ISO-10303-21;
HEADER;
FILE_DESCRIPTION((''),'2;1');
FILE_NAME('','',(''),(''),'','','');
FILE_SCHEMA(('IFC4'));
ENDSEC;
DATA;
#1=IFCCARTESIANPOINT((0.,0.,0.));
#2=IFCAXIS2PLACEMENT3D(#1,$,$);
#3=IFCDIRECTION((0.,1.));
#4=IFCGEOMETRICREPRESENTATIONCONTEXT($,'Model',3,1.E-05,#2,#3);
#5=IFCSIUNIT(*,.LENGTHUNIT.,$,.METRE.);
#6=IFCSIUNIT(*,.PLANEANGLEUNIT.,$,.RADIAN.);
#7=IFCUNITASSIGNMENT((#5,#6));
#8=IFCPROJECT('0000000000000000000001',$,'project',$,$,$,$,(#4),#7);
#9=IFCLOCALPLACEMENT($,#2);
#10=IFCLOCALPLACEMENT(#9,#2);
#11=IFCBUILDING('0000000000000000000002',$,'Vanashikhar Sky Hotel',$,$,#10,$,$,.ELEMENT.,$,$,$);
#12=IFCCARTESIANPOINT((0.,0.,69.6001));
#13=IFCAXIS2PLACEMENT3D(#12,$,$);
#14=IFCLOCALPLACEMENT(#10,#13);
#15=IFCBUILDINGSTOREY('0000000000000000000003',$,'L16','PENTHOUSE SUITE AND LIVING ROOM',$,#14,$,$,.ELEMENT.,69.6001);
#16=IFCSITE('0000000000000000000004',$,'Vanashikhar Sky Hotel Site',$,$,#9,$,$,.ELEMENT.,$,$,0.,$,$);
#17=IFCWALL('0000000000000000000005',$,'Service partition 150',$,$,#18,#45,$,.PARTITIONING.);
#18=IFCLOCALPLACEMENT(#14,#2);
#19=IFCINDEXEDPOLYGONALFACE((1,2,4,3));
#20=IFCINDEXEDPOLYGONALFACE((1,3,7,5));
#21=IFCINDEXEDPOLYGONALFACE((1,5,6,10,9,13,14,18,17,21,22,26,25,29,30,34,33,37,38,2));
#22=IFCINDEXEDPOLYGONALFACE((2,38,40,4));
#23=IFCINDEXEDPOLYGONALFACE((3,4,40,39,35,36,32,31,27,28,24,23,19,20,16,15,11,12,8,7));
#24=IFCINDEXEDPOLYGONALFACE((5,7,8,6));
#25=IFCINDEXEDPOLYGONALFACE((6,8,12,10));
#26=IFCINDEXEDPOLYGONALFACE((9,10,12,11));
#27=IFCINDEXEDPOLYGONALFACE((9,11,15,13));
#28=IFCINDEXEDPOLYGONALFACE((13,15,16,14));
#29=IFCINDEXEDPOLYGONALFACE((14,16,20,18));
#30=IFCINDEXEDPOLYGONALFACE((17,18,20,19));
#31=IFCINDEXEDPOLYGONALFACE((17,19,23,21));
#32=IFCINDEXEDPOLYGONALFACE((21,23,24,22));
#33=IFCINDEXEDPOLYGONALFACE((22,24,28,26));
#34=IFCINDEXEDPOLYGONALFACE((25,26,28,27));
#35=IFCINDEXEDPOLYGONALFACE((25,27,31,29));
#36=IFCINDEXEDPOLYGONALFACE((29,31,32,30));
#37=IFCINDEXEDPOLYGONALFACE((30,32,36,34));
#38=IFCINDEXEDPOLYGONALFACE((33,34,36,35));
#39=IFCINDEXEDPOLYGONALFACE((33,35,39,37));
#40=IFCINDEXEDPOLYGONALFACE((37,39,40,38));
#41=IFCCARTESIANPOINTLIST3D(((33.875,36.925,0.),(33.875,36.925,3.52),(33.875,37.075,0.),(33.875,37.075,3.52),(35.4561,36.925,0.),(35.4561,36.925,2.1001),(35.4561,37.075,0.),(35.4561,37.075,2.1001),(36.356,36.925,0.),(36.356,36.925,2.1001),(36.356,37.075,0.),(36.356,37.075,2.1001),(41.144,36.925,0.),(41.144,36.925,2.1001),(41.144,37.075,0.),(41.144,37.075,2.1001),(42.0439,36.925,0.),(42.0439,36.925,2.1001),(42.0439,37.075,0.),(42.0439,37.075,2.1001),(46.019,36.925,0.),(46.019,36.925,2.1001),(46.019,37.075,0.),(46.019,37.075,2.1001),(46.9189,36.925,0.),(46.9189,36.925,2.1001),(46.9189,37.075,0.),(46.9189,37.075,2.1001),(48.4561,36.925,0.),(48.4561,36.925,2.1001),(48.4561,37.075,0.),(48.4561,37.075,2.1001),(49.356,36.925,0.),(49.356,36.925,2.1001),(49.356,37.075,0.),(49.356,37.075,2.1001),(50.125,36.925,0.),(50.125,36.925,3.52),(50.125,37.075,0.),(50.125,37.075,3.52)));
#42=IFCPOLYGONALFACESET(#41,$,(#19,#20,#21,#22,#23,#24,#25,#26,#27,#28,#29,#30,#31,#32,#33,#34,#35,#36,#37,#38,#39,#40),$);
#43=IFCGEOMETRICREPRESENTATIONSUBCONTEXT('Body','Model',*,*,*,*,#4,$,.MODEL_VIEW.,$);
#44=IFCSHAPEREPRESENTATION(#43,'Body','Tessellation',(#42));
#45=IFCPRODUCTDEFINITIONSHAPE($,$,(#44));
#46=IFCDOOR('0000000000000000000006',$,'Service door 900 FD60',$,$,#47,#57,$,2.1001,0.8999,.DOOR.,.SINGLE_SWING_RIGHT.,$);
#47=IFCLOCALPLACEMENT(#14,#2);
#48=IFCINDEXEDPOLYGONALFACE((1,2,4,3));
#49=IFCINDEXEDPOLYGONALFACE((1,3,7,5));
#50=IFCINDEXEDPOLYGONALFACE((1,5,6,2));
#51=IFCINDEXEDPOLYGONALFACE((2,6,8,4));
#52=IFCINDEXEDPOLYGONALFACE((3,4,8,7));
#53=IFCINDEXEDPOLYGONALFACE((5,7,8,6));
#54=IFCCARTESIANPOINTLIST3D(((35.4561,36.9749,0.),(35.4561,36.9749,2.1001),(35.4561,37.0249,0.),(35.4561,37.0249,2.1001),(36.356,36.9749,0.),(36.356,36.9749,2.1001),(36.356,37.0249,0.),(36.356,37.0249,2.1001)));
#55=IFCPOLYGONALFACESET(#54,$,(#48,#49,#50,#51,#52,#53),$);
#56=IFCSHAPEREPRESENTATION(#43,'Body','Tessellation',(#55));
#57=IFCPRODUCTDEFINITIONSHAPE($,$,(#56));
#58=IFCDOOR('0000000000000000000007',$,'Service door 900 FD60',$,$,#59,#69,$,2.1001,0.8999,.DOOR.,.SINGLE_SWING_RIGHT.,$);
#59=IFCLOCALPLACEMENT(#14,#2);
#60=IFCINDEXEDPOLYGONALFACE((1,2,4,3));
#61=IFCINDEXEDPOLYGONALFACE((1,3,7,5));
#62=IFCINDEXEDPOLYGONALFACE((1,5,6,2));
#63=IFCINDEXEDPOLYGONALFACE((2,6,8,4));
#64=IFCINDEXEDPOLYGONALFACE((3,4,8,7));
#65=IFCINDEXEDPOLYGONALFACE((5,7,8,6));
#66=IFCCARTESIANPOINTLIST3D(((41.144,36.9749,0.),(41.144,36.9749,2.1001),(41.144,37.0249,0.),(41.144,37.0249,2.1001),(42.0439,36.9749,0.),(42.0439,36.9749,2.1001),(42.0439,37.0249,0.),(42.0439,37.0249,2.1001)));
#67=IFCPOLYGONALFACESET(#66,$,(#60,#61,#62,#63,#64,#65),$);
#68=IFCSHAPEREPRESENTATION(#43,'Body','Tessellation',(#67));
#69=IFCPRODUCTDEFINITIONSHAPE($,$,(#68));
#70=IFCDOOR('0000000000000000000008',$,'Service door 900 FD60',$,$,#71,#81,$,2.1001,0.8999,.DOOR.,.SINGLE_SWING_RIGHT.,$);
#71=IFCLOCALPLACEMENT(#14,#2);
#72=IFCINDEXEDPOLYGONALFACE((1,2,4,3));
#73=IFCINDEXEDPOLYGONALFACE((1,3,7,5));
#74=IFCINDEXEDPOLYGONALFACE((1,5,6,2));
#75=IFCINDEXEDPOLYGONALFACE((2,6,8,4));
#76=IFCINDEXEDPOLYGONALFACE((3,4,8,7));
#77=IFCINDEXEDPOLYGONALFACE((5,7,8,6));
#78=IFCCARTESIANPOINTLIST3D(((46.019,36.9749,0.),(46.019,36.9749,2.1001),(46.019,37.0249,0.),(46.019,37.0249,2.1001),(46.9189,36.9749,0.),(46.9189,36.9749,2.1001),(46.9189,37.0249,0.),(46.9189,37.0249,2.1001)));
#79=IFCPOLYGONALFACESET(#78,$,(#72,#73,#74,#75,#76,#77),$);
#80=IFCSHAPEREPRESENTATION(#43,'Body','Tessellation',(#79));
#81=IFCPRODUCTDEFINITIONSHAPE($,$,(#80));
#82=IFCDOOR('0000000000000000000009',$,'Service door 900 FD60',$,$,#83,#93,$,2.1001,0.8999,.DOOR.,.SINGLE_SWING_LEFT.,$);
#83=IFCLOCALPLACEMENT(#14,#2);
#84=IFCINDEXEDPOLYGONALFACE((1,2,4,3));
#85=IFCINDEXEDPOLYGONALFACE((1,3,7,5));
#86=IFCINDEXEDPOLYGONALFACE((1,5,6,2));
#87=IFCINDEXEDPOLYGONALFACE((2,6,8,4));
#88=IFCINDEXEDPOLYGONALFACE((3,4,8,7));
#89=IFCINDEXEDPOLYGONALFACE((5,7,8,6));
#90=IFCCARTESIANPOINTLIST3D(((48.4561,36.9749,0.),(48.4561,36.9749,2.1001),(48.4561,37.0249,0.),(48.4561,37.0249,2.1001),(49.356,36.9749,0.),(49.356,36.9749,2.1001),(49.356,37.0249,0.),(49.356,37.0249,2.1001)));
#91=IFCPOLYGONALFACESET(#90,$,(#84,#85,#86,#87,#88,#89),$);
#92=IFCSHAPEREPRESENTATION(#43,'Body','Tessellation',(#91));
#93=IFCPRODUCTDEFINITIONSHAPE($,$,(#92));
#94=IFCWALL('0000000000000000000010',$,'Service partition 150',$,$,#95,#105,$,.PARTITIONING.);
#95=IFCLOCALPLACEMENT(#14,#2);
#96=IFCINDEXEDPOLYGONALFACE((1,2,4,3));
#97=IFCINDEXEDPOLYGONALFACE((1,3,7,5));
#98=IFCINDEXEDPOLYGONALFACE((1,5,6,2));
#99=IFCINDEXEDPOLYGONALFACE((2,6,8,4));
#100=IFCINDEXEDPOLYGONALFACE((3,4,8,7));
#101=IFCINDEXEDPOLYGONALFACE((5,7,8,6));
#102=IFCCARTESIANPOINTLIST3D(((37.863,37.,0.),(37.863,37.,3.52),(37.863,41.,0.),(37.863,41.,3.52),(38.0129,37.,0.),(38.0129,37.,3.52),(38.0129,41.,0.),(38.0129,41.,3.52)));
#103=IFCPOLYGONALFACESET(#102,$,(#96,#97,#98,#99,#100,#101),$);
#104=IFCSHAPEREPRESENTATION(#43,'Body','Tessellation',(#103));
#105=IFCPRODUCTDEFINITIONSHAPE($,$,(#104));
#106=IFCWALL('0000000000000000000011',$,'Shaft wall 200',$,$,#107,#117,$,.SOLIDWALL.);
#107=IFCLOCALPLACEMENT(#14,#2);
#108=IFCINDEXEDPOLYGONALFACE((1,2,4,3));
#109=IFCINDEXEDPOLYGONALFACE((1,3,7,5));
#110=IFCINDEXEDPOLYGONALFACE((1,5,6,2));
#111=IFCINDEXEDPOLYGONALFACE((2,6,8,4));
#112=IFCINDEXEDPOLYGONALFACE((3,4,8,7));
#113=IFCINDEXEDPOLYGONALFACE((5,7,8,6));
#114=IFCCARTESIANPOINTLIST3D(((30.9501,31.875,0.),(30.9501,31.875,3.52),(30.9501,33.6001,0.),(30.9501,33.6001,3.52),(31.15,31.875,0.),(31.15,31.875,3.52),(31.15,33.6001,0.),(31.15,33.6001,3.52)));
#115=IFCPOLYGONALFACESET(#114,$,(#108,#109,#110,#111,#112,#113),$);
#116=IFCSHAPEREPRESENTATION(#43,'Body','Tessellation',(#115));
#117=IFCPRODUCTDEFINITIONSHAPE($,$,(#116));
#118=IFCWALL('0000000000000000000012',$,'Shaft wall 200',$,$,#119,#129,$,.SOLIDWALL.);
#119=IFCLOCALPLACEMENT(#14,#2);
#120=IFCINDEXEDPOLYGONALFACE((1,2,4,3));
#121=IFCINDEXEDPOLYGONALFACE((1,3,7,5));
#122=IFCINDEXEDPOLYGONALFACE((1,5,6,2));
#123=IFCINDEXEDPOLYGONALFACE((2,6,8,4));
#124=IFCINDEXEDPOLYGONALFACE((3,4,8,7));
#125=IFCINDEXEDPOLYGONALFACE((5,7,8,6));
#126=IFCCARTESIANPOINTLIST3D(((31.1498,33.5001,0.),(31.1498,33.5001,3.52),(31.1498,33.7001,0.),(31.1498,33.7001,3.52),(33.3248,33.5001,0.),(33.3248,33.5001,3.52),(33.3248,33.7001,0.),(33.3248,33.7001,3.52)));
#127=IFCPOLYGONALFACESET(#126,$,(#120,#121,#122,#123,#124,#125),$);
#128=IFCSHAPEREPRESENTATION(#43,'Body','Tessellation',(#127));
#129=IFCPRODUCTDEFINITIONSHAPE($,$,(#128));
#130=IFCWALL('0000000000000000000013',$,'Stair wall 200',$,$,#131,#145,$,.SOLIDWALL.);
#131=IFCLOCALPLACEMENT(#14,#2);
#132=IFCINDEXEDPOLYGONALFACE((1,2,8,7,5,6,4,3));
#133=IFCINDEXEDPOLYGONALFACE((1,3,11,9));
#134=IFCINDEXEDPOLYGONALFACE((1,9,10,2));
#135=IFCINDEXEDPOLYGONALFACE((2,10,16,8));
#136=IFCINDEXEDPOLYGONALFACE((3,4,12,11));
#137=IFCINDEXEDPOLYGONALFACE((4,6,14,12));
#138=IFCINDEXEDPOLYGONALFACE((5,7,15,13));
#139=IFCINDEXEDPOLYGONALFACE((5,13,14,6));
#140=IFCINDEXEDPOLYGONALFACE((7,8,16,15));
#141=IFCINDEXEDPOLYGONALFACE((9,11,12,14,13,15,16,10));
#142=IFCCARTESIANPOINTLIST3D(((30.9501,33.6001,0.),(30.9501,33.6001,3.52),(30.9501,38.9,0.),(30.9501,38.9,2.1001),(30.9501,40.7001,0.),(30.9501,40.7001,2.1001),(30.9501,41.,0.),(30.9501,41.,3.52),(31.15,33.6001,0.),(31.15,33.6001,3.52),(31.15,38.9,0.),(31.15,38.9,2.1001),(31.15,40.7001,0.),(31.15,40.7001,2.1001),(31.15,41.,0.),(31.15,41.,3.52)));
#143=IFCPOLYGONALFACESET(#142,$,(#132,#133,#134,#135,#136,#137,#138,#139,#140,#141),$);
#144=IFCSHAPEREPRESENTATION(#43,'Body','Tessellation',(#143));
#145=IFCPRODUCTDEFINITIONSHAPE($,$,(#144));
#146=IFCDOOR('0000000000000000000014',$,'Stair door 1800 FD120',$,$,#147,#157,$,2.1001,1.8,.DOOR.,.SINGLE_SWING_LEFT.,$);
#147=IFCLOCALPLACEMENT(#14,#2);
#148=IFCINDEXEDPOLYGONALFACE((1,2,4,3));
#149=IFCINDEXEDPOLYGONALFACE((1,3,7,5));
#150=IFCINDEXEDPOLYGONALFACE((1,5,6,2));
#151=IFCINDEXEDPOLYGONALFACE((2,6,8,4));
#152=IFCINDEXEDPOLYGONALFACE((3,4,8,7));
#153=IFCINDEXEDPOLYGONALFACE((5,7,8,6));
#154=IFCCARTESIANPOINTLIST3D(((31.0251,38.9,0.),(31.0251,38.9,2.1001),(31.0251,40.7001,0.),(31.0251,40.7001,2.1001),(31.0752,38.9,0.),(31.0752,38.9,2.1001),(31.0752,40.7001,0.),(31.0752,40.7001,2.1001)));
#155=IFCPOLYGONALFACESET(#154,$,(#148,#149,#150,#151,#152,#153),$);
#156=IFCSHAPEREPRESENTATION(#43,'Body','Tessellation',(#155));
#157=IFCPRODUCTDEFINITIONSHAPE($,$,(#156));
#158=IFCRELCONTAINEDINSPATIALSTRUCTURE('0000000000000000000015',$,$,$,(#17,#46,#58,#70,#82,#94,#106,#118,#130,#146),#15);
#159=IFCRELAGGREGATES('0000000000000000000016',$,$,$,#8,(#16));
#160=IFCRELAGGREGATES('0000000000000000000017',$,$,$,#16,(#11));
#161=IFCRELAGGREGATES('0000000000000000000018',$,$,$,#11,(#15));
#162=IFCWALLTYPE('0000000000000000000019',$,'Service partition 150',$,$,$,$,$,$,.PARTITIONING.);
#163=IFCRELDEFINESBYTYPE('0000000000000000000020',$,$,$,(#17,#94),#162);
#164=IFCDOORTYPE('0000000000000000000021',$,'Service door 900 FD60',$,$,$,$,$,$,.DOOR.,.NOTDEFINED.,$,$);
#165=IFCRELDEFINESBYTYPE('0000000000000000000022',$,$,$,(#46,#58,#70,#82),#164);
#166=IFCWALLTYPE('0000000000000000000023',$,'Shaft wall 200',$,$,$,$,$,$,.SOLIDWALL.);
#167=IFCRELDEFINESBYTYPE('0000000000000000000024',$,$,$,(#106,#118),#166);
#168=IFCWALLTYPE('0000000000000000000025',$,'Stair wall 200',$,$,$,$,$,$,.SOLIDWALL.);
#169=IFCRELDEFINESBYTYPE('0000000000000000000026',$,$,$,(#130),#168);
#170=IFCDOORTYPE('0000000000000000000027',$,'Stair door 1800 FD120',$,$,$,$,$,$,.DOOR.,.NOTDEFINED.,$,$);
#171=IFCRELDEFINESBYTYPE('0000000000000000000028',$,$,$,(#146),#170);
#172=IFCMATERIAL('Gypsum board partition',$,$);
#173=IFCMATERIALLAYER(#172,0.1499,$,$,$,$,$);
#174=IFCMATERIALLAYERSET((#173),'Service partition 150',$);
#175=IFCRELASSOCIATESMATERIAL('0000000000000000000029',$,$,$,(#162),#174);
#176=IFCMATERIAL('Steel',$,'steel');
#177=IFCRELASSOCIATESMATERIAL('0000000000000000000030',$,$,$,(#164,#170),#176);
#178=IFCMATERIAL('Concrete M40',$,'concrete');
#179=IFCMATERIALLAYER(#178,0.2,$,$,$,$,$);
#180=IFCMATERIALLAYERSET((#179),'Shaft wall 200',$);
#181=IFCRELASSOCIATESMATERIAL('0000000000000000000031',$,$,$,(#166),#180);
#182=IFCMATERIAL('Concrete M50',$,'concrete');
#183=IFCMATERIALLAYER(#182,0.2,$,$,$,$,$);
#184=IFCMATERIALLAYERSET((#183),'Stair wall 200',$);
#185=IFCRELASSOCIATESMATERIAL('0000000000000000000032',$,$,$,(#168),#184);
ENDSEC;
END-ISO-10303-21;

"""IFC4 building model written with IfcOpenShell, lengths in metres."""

from ifc_helpers import new_model, si_unit, direction, frame, frame_2d, origin, place, context, subcontext, project, spatial, rectangle, extrude, source, transform, mapped, material, layer, layer_set, type_object, element, fill, save


model = new_model("IFC4")

# Units and contexts
model_context = context("Model", 3, precision=1e-05, world=origin(), true_north=direction((0.0, 1.0)))
body_context = subcontext(model_context, "Body", "Model", "MODEL_VIEW")
ifc_project = project(units=[si_unit("LENGTHUNIT", "METRE"), si_unit("PLANEANGLEUNIT", "RADIAN")], contexts=[model_context])

# Site, building, storey
site_placement = place(None, origin())
site = spatial("IfcSite", under=ifc_project, at=site_placement, Name="Vanashikhar Sky Hotel Site", CompositionType="ELEMENT", RefElevation=0.0)
building_placement = place(site_placement, origin())
building = spatial("IfcBuilding", under=site, at=building_placement, Name="Vanashikhar Sky Hotel", CompositionType="ELEMENT")
storey_placement = place(building_placement, frame((0.0, 0.0, 69.6001)))
storey = spatial("IfcBuildingStorey", under=building, at=storey_placement, Name="L16", Description="PENTHOUSE SUITE AND LIVING ROOM", CompositionType="ELEMENT", Elevation=69.6001)

# Shared definitions
ifc_material_1 = material(Name="Steel", Category="steel")

# Shared definitions
ifc_material_2 = material(Name="Gypsum board partition")
ifc_layer_1 = layer(ifc_material_2, 0.1499)
ifc_layer_set_1 = layer_set([ifc_layer_1], Name="Service partition 150")
wall_type_1 = type_object("IfcWallType", Name="Service partition 150", PredefinedType="PARTITIONING", material=ifc_layer_set_1)

# Wall, openings, doors
shared_shape_1 = source(origin(), body_context, "Body", "SweptSolid", [
    extrude(rectangle(XDim=0.8999, YDim=2.1001, at=frame_2d((0.45, 1.05))), frame((0.0, 0.085, 0.0), z_axis=(0.0, -1.0, 0.0), x_axis=(1.0, 0.0, 0.0)), (0.0, 0.0, 1.0), 0.1699),
])
door_type_1 = type_object("IfcDoorType", Name="Service door 900 FD60", OperationType="NOTDEFINED", PredefinedType="DOOR", material=ifc_material_1)
shared_shape_2 = source(origin(), body_context, "Body", "SweptSolid", [
    extrude(rectangle(XDim=0.8999, YDim=2.1001, at=frame_2d((0.45, 1.05))), frame((0.0, 0.0249, 0.0), z_axis=(0.0, -1.0, 0.0), x_axis=(1.0, 0.0, 0.0)), (0.0, 0.0, 1.0), 0.05),
])
shared_shape_3 = source(origin(), body_context, "Body", "SweptSolid", [
    extrude(rectangle(XDim=16.25, YDim=0.1499, at=frame_2d((8.125, 0.0))), origin(), (0.0, 0.0, 1.0), 3.52),
])
wall_1_placement = place(storey_placement, frame((33.875, 37.0, 0.0), z_axis=(0.0, 0.0, 1.0), x_axis=(1.0, 0.0, 0.0)))
wall_1 = element("IfcWall", 1, at=wall_1_placement, inside=storey, type_object=wall_type_1, Name="Service partition 150", PredefinedType="PARTITIONING", context=body_context, shape_type="MappedRepresentation", body=[
    mapped(shared_shape_3, transform((0.0, 0.0, 0.0), scale=1.0)),
])
opening_1_placement = place(wall_1_placement, frame((1.5811, 0.0, 0.0)))
opening_1 = element("IfcOpeningElement", 2, at=opening_1_placement, cuts=wall_1, PredefinedType="OPENING", context=body_context, shape_type="MappedRepresentation", body=[
    mapped(shared_shape_1, transform((0.0, 0.0, 0.0), scale=1.0)),
])
opening_2_placement = place(wall_1_placement, frame((7.269, 0.0, 0.0)))
opening_2 = element("IfcOpeningElement", 3, at=opening_2_placement, cuts=wall_1, PredefinedType="OPENING", context=body_context, shape_type="MappedRepresentation", body=[
    mapped(shared_shape_1, transform((0.0, 0.0, 0.0), scale=1.0)),
])
opening_3_placement = place(wall_1_placement, frame((12.144, 0.0, 0.0)))
opening_3 = element("IfcOpeningElement", 4, at=opening_3_placement, cuts=wall_1, PredefinedType="OPENING", context=body_context, shape_type="MappedRepresentation", body=[
    mapped(shared_shape_1, transform((0.0, 0.0, 0.0), scale=1.0)),
])
opening_4_placement = place(wall_1_placement, frame((14.5811, 0.0, 0.0)))
opening_4 = element("IfcOpeningElement", 5, at=opening_4_placement, cuts=wall_1, PredefinedType="OPENING", context=body_context, shape_type="MappedRepresentation", body=[
    mapped(shared_shape_1, transform((0.0, 0.0, 0.0), scale=1.0)),
])
door_1_placement = place(opening_1_placement, origin())
door_1 = element("IfcDoor", 6, at=door_1_placement, inside=storey, type_object=door_type_1, Name="Service door 900 FD60", OperationType="SINGLE_SWING_RIGHT", OverallHeight=2.1001, OverallWidth=0.8999, PredefinedType="DOOR", context=body_context, shape_type="MappedRepresentation", body=[
    mapped(shared_shape_2, transform((0.0, 0.0, 0.0), scale=1.0)),
])
fill(opening_1, door_1)
door_2_placement = place(opening_2_placement, origin())
door_2 = element("IfcDoor", 7, at=door_2_placement, inside=storey, type_object=door_type_1, Name="Service door 900 FD60", OperationType="SINGLE_SWING_RIGHT", OverallHeight=2.1001, OverallWidth=0.8999, PredefinedType="DOOR", context=body_context, shape_type="MappedRepresentation", body=[
    mapped(shared_shape_2, transform((0.0, 0.0, 0.0), scale=1.0)),
])
fill(opening_2, door_2)
door_3_placement = place(opening_3_placement, origin())
door_3 = element("IfcDoor", 8, at=door_3_placement, inside=storey, type_object=door_type_1, Name="Service door 900 FD60", OperationType="SINGLE_SWING_RIGHT", OverallHeight=2.1001, OverallWidth=0.8999, PredefinedType="DOOR", context=body_context, shape_type="MappedRepresentation", body=[
    mapped(shared_shape_2, transform((0.0, 0.0, 0.0), scale=1.0)),
])
fill(opening_3, door_3)
door_4_placement = place(opening_4_placement, origin())
door_4 = element("IfcDoor", 9, at=door_4_placement, inside=storey, type_object=door_type_1, Name="Service door 900 FD60", OperationType="SINGLE_SWING_LEFT", OverallHeight=2.1001, OverallWidth=0.8999, PredefinedType="DOOR", context=body_context, shape_type="MappedRepresentation", body=[
    mapped(shared_shape_2, transform((0.0, 0.0, 0.0), scale=1.0)),
])
fill(opening_4, door_4)

# Walls
shared_shape_4 = source(origin(), body_context, "Body", "SweptSolid", [
    extrude(rectangle(XDim=4.0, YDim=0.1499, at=frame_2d((2.0, 0.0))), origin(), (0.0, 0.0, 1.0), 3.52),
])
wall_2_placement = place(storey_placement, frame((37.938, 37.0, 0.0), z_axis=(0.0, 0.0, 1.0), x_axis=(0.0, 1.0, 0.0)))
element("IfcWall", 10, at=wall_2_placement, inside=storey, type_object=wall_type_1, Name="Service partition 150", PredefinedType="PARTITIONING", context=body_context, shape_type="MappedRepresentation", body=[
    mapped(shared_shape_4, transform((0.0, 0.0, 0.0), scale=1.0)),
])
ifc_material_3 = material(Name="Concrete M40", Category="concrete")
ifc_layer_2 = layer(ifc_material_3, 0.2)
ifc_layer_set_2 = layer_set([ifc_layer_2], Name="Shaft wall 200")
wall_type_2 = type_object("IfcWallType", Name="Shaft wall 200", PredefinedType="SOLIDWALL", material=ifc_layer_set_2)
shared_shape_5 = source(origin(), body_context, "Body", "SweptSolid", [
    extrude(rectangle(XDim=1.7251, YDim=0.2, at=frame_2d((0.8625, 0.0))), origin(), (0.0, 0.0, 1.0), 3.52),
])
wall_3_placement = place(storey_placement, frame((31.05, 31.875, 0.0), z_axis=(0.0, 0.0, 1.0), x_axis=(0.0, 1.0, 0.0)))
element("IfcWall", 11, at=wall_3_placement, inside=storey, type_object=wall_type_2, Name="Shaft wall 200", PredefinedType="SOLIDWALL", context=body_context, shape_type="MappedRepresentation", body=[
    mapped(shared_shape_5, transform((0.0, 0.0, 0.0), scale=1.0)),
])
shared_shape_6 = source(origin(), body_context, "Body", "SweptSolid", [
    extrude(rectangle(XDim=2.175, YDim=0.2, at=frame_2d((1.0874, 0.0))), origin(), (0.0, 0.0, 1.0), 3.52),
])
wall_4_placement = place(storey_placement, frame((31.1499, 33.6001, 0.0), z_axis=(0.0, 0.0, 1.0), x_axis=(1.0, 0.0, 0.0)))
element("IfcWall", 12, at=wall_4_placement, inside=storey, type_object=wall_type_2, Name="Shaft wall 200", PredefinedType="SOLIDWALL", context=body_context, shape_type="MappedRepresentation", body=[
    mapped(shared_shape_6, transform((0.0, 0.0, 0.0), scale=1.0)),
])

# Wall, opening, door
ifc_material_4 = material(Name="Concrete M50", Category="concrete")
ifc_layer_3 = layer(ifc_material_4, 0.2)
ifc_layer_set_3 = layer_set([ifc_layer_3], Name="Stair wall 200")
wall_type_3 = type_object("IfcWallType", Name="Stair wall 200", PredefinedType="SOLIDWALL", material=ifc_layer_set_3)
shared_shape_7 = source(origin(), body_context, "Body", "SweptSolid", [
    extrude(rectangle(XDim=7.3999, YDim=0.2, at=frame_2d((3.7, 0.0))), origin(), (0.0, 0.0, 1.0), 3.52),
])
wall_5_placement = place(storey_placement, frame((31.05, 33.6001, 0.0), z_axis=(0.0, 0.0, 1.0), x_axis=(0.0, 1.0, 0.0)))
wall_5 = element("IfcWall", 13, at=wall_5_placement, inside=storey, type_object=wall_type_3, Name="Stair wall 200", PredefinedType="SOLIDWALL", context=body_context, shape_type="MappedRepresentation", body=[
    mapped(shared_shape_7, transform((0.0, 0.0, 0.0), scale=1.0)),
])
shared_shape_8 = source(origin(), body_context, "Body", "SweptSolid", [
    extrude(rectangle(XDim=1.8, YDim=2.1001, at=frame_2d((0.8999, 1.05))), frame((0.0, 0.1099, 0.0), z_axis=(0.0, -1.0, 0.0), x_axis=(1.0, 0.0, 0.0)), (0.0, 0.0, 1.0), 0.22),
])
opening_5_placement = place(wall_5_placement, frame((5.3, 0.0, 0.0)))
opening_5 = element("IfcOpeningElement", 14, at=opening_5_placement, cuts=wall_5, PredefinedType="OPENING", context=body_context, shape_type="MappedRepresentation", body=[
    mapped(shared_shape_8, transform((0.0, 0.0, 0.0), scale=1.0)),
])
door_type_2 = type_object("IfcDoorType", Name="Stair door 1800 FD120", OperationType="NOTDEFINED", PredefinedType="DOOR", material=ifc_material_1)
shared_shape_9 = source(origin(), body_context, "Body", "SweptSolid", [
    extrude(rectangle(XDim=1.8, YDim=2.1001, at=frame_2d((0.8999, 1.05))), frame((0.0, 0.0249, 0.0), z_axis=(0.0, -1.0, 0.0), x_axis=(1.0, 0.0, 0.0)), (0.0, 0.0, 1.0), 0.05),
])
door_5_placement = place(opening_5_placement, origin())
door_5 = element("IfcDoor", 15, at=door_5_placement, inside=storey, type_object=door_type_2, Name="Stair door 1800 FD120", OperationType="SINGLE_SWING_LEFT", OverallHeight=2.1001, OverallWidth=1.8, PredefinedType="DOOR", context=body_context, shape_type="MappedRepresentation", body=[
    mapped(shared_shape_9, transform((0.0, 0.0, 0.0), scale=1.0)),
])
fill(opening_5, door_5)

save(model, "model.ifc")
